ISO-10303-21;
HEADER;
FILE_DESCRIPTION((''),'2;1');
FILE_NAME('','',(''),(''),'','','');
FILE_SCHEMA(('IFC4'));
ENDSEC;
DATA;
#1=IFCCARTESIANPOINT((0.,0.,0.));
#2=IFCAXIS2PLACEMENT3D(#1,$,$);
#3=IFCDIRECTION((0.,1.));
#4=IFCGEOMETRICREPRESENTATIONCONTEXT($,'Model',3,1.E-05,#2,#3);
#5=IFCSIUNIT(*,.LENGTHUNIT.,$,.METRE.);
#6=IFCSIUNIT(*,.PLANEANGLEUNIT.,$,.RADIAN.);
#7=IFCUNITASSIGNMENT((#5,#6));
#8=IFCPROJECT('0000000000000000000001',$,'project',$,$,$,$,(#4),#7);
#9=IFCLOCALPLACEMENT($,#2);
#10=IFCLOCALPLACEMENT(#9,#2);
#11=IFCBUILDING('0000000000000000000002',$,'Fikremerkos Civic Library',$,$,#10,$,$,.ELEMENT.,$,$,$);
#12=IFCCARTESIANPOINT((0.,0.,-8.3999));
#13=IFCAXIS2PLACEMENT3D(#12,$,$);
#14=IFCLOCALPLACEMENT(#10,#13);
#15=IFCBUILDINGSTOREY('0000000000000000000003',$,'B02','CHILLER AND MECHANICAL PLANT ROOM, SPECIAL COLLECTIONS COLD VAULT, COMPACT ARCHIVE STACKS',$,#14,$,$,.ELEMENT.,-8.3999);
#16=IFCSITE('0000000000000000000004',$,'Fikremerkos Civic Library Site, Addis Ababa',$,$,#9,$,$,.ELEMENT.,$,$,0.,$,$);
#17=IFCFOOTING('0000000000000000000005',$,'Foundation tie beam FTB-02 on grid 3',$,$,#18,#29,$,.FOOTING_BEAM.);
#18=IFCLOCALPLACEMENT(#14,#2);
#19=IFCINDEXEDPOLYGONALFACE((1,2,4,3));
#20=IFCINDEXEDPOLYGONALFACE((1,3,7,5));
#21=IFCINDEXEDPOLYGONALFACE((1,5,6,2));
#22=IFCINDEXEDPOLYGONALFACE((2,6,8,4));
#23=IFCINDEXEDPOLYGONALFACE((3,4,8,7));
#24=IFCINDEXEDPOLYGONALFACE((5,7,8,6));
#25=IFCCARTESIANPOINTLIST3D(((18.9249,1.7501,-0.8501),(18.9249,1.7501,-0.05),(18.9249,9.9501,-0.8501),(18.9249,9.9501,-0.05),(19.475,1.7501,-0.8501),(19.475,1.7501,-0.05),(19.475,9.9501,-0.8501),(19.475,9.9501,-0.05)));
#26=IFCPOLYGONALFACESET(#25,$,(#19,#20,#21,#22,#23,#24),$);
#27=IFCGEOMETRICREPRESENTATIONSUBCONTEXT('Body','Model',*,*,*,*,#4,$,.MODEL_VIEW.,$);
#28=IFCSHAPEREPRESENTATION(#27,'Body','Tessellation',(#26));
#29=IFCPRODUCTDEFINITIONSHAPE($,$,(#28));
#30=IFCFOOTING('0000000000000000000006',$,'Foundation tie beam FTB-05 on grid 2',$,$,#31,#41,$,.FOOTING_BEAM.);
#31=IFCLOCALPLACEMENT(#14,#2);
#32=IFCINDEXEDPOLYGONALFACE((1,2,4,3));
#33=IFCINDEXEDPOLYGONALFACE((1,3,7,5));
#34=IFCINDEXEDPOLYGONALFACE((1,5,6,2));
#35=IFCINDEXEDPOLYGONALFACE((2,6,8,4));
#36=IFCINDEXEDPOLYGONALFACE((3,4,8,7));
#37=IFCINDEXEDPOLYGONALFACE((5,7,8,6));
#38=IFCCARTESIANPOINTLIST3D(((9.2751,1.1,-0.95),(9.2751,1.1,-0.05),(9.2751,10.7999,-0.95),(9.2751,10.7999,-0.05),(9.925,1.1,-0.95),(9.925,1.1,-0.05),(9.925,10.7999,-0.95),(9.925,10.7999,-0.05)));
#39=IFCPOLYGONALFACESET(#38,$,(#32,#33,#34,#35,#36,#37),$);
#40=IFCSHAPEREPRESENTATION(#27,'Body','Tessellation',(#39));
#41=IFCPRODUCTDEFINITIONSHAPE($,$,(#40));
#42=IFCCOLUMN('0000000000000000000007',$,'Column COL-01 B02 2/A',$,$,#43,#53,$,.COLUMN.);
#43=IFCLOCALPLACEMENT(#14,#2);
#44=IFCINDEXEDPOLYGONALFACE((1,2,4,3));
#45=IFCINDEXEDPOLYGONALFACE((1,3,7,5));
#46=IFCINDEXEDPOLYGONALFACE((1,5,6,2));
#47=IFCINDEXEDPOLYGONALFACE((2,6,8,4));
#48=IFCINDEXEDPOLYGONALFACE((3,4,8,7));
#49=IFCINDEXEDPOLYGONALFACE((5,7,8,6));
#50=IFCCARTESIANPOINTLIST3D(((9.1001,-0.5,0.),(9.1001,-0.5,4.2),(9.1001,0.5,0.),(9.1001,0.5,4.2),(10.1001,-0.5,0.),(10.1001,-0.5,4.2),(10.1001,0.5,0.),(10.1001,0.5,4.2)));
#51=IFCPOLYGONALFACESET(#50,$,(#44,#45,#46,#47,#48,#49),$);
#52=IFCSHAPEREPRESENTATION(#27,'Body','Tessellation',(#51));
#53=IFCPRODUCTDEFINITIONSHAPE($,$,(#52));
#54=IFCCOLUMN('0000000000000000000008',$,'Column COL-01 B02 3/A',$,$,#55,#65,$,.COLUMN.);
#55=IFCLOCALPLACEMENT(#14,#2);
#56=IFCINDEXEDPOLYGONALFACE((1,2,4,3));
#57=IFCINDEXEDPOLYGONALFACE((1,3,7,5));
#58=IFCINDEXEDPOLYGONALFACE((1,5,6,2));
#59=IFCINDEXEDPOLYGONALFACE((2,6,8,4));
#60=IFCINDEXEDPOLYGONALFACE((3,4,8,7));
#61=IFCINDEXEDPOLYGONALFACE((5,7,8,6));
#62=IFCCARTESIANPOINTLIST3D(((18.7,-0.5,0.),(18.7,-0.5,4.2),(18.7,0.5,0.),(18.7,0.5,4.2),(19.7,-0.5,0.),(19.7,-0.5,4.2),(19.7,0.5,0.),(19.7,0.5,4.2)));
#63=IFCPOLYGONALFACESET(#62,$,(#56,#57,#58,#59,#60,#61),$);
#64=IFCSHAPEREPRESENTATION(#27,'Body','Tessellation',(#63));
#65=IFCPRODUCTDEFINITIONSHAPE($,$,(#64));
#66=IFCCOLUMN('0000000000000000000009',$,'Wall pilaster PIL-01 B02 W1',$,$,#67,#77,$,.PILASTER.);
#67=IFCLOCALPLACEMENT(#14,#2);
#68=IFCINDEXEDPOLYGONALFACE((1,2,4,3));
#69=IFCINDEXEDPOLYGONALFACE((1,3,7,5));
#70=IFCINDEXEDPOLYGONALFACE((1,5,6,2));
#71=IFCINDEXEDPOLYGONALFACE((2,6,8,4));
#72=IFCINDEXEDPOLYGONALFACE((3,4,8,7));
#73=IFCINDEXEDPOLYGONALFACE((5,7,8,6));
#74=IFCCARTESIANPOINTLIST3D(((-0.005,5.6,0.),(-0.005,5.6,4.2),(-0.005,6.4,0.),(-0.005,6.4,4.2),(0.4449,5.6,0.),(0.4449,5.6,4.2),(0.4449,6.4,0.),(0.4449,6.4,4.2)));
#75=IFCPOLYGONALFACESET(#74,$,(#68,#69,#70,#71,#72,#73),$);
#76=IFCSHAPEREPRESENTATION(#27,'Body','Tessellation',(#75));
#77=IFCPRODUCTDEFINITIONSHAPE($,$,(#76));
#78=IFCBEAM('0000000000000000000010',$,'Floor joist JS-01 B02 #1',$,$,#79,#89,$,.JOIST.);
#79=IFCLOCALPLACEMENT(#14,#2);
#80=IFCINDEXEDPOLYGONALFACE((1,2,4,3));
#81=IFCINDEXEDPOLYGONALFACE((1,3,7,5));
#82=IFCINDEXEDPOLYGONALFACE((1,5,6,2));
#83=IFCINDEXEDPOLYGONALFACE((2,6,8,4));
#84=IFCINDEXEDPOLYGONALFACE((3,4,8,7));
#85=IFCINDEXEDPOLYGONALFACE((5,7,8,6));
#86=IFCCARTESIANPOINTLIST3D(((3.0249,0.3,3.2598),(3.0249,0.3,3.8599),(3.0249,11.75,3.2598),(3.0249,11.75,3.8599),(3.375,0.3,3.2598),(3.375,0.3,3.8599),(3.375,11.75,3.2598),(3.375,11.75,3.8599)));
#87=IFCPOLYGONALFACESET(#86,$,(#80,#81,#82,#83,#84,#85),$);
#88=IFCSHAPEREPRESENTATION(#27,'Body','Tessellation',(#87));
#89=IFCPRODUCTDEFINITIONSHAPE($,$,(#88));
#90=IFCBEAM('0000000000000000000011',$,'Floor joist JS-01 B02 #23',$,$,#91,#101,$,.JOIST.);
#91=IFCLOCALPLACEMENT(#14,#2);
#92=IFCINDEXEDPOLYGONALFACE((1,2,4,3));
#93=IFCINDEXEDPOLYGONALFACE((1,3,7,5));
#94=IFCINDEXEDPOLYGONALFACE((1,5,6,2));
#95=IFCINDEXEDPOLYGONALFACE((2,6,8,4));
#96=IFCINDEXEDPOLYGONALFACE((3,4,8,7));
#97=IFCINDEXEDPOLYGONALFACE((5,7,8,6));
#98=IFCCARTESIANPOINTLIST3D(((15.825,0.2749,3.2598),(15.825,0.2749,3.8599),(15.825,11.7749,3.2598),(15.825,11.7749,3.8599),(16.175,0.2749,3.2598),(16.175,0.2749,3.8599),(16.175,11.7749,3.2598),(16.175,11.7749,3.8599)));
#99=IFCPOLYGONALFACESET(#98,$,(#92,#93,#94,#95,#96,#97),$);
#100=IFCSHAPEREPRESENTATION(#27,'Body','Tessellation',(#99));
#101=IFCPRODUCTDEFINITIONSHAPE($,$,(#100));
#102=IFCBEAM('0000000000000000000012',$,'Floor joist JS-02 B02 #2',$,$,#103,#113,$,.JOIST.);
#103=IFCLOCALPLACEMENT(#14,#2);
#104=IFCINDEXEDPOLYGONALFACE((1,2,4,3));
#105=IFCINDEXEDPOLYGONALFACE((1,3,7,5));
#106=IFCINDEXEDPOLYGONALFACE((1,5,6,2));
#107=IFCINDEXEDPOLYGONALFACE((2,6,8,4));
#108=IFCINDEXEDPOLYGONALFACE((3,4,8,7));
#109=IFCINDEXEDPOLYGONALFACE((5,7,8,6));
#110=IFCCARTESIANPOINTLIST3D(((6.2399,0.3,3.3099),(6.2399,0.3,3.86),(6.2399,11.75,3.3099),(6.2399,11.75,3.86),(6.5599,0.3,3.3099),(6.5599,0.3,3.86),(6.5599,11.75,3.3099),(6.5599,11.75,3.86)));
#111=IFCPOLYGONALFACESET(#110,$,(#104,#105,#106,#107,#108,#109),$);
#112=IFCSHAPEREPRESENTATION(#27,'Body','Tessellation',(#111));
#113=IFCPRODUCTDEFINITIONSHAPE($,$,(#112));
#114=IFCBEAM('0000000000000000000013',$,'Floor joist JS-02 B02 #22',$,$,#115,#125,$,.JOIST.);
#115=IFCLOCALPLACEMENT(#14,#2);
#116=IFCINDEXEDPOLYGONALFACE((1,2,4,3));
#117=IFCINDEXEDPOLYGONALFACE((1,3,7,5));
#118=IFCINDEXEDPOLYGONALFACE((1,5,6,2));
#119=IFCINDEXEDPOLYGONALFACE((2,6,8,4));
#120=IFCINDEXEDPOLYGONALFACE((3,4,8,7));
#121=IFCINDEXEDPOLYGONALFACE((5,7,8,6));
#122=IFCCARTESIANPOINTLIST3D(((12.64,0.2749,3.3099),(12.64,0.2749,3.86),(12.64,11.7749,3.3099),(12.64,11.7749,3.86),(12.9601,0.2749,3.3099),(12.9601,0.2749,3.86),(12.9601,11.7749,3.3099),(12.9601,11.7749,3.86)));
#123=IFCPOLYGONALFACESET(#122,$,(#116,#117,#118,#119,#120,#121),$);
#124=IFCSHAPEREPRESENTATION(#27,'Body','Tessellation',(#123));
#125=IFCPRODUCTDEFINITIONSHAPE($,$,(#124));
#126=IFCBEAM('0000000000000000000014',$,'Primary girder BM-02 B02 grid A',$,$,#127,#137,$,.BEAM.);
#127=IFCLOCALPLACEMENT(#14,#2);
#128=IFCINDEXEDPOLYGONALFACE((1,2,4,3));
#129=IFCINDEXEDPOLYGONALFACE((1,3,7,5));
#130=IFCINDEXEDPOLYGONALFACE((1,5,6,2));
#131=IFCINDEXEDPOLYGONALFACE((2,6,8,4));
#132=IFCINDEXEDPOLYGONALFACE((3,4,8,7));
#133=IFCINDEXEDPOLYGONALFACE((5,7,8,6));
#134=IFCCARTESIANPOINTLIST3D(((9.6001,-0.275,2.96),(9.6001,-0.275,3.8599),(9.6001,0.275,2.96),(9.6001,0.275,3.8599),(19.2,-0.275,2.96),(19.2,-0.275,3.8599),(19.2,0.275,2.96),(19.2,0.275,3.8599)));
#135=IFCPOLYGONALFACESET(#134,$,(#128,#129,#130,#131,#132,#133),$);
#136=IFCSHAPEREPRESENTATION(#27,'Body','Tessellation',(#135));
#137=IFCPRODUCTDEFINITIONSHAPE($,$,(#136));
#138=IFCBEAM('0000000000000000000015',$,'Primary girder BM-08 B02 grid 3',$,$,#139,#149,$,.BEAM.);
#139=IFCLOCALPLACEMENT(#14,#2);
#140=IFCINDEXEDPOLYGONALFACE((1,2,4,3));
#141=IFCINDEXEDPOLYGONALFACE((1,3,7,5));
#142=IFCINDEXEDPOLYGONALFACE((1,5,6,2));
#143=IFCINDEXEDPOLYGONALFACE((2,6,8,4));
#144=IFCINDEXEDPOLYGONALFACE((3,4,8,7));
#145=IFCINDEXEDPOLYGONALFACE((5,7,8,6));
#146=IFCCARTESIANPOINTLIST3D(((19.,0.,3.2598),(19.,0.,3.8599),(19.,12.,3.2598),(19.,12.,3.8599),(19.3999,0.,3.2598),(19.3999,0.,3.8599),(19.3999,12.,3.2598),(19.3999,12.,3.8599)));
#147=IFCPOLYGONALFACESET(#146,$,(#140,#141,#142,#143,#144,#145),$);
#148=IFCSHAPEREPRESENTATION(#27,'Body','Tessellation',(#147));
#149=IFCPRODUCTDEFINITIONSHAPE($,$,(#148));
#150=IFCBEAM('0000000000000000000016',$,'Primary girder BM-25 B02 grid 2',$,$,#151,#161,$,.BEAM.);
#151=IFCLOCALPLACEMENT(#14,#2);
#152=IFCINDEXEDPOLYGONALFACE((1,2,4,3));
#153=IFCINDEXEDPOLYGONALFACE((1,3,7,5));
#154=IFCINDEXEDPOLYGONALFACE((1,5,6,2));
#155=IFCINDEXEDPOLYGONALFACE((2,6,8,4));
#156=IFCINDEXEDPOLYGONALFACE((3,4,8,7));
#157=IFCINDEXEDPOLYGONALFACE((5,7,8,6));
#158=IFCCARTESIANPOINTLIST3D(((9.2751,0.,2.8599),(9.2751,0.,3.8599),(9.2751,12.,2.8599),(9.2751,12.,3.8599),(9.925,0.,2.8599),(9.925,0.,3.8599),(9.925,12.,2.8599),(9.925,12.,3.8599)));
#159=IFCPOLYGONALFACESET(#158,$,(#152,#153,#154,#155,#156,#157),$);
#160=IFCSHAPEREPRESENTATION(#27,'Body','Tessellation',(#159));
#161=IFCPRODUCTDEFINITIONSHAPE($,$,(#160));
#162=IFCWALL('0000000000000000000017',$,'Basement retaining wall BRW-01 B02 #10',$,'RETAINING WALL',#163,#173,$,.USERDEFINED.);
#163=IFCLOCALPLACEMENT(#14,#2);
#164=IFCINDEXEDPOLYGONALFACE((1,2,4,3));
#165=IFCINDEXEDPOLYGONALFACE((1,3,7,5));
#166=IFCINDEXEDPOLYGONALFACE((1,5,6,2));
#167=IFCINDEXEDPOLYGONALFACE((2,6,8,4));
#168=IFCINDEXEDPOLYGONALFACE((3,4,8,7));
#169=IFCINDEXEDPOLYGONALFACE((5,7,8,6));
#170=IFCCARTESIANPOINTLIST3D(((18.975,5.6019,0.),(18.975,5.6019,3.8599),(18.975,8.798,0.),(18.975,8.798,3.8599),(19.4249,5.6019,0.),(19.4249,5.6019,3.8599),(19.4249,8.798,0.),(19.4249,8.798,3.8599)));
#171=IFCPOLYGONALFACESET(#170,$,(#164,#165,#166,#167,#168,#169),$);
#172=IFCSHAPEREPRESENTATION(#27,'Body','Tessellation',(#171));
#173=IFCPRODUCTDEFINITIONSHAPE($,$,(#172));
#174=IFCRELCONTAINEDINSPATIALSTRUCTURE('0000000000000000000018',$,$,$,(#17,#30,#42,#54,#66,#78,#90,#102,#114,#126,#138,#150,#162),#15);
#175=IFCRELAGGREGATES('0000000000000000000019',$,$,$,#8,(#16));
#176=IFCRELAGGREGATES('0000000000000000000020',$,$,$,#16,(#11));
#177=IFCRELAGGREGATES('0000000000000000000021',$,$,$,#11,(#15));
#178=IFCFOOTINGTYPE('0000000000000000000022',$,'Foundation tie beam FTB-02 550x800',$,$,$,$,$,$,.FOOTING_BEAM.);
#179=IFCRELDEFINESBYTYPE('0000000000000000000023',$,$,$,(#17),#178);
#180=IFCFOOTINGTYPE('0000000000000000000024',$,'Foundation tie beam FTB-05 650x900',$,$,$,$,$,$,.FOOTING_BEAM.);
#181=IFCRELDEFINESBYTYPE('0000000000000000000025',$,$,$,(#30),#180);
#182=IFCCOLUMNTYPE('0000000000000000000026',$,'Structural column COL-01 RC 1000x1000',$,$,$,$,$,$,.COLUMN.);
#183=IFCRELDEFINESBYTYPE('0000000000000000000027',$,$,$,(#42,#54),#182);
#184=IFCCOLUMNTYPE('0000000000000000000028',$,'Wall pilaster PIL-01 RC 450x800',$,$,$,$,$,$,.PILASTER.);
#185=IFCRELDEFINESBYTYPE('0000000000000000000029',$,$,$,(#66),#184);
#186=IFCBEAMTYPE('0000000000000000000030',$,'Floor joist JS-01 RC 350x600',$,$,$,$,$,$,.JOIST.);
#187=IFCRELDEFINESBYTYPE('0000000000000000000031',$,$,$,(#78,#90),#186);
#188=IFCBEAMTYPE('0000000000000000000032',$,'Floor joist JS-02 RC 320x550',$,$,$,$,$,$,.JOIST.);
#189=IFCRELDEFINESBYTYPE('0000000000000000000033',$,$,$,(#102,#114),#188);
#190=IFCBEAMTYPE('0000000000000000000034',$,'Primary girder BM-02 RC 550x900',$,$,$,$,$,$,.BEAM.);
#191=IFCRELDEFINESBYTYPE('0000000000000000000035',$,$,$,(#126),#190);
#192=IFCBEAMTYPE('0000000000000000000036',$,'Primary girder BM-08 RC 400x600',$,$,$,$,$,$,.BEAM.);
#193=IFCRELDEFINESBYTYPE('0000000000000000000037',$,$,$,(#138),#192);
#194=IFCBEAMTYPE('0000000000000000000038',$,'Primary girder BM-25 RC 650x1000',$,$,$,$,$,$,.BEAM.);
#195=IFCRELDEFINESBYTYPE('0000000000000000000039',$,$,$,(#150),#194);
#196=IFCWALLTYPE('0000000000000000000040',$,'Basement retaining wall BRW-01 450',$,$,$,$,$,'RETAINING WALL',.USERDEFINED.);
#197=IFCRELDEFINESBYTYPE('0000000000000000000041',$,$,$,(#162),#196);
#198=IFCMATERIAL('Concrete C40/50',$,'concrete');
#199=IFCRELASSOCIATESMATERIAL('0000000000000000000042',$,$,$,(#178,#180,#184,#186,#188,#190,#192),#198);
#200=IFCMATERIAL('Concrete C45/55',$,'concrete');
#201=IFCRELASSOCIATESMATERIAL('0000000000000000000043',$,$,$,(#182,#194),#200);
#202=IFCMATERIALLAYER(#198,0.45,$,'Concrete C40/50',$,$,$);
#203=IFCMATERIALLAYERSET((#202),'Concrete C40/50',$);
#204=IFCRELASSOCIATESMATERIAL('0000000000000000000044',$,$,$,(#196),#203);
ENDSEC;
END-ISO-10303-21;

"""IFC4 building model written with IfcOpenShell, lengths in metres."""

from ifc_helpers import new_model, si_unit, direction, frame, frame_2d, origin, origin_2d, place, context, subcontext, project, spatial, rectangle, extrude, material, layer, layer_set, material_profile, profile_set, type_object, element, save


model = new_model("IFC4")

# Units and contexts
model_context = context("Model", 3, precision=1e-05, world=origin(), true_north=direction((0.0, 1.0)))
body_context = subcontext(model_context, "Body", "Model", "MODEL_VIEW")
ifc_project = project(units=[si_unit("LENGTHUNIT", "METRE"), si_unit("PLANEANGLEUNIT", "RADIAN")], contexts=[model_context])

# Site, building, storey
site_placement = place(None, origin())
site = spatial("IfcSite", under=ifc_project, at=site_placement, Name="Fikremerkos Civic Library Site, Addis Ababa", CompositionType="ELEMENT", RefElevation=0.0)
building_placement = place(site_placement, origin())
building = spatial("IfcBuilding", under=site, at=building_placement, Name="Fikremerkos Civic Library", CompositionType="ELEMENT")
storey_placement = place(building_placement, frame((0.0, 0.0, -8.3999)))
storey = spatial("IfcBuildingStorey", under=building, at=storey_placement, Name="B02", Description="CHILLER AND MECHANICAL PLANT ROOM, SPECIAL COLLECTIONS COLD VAULT, COMPACT ARCHIVE STACKS", CompositionType="ELEMENT", Elevation=-8.3999)

# Footings
ifc_material_1 = material(Name="Concrete C40/50", Category="concrete")
footing_type_1 = type_object("IfcFootingType", Name="Foundation tie beam FTB-02 550x800", PredefinedType="FOOTING_BEAM", material=ifc_material_1)
footing_1_placement = place(storey_placement, frame((19.2, 5.8501, -0.8501), z_axis=(0.0, 0.0, 1.0), x_axis=(0.0, 1.0, 0.0)))
element("IfcFooting", 1, at=footing_1_placement, inside=storey, type_object=footing_type_1, Name="Foundation tie beam FTB-02 on grid 3", PredefinedType="FOOTING_BEAM", context=body_context, shape_type="SweptSolid", body=[
    extrude(rectangle(XDim=8.2, YDim=0.55, at=origin_2d()), origin(), (0.0, 0.0, 1.0), 0.8),
])
footing_type_2 = type_object("IfcFootingType", Name="Foundation tie beam FTB-05 650x900", PredefinedType="FOOTING_BEAM", material=ifc_material_1)
footing_2_placement = place(storey_placement, frame((9.6001, 5.95, -0.95), z_axis=(0.0, 0.0, 1.0), x_axis=(0.0, 1.0, 0.0)))
element("IfcFooting", 2, at=footing_2_placement, inside=storey, type_object=footing_type_2, Name="Foundation tie beam FTB-05 on grid 2", PredefinedType="FOOTING_BEAM", context=body_context, shape_type="SweptSolid", body=[
    extrude(rectangle(XDim=9.7, YDim=0.6499, at=origin_2d()), origin(), (0.0, 0.0, 1.0), 0.8999),
])

# Columns
ifc_material_2 = material(Name="Concrete C45/55", Category="concrete")
ifc_material_profile_1 = material_profile(ifc_material_2, rectangle(XDim=1.0, YDim=1.0, at=origin_2d()), Name="RC 1000x1000")
ifc_profile_set_1 = profile_set([ifc_material_profile_1], Name="Concrete C45/55")
column_type_1 = type_object("IfcColumnType", Name="Structural column COL-01 RC 1000x1000", PredefinedType="COLUMN", material=ifc_profile_set_1)
for number, where, z_axis, x_axis, name in (
    (3, (9.6001, 0.0, 0.0), (0.0, 0.0, 1.0), (1.0, 0.0, 0.0), "Column COL-01 B02 2/A"),
    (4, (19.2, 0.0, 0.0), (0.0, 0.0, 1.0), (1.0, 0.0, 0.0), "Column COL-01 B02 3/A"),
):
    element("IfcColumn", number, at=place(storey_placement, frame(where, z_axis=z_axis, x_axis=x_axis)), inside=storey, type_object=column_type_1, Name=name, PredefinedType="COLUMN", context=body_context, shape_type="SweptSolid", body=[
        extrude(rectangle(XDim=1.0, YDim=1.0, at=origin_2d()), origin(), (0.0, 0.0, 1.0), 4.2),
    ])
ifc_material_profile_2 = material_profile(ifc_material_1, rectangle(XDim=0.45, YDim=0.8, at=origin_2d()), Name="RC 450x800")
ifc_profile_set_2 = profile_set([ifc_material_profile_2], Name="Concrete C40/50")
column_type_2 = type_object("IfcColumnType", Name="Wall pilaster PIL-01 RC 450x800", PredefinedType="PILASTER", material=ifc_profile_set_2)
column_placement = place(storey_placement, frame((0.22, 6.0, 0.0), z_axis=(0.0, 0.0, 1.0), x_axis=(1.0, 0.0, 0.0)))
element("IfcColumn", 5, at=column_placement, inside=storey, type_object=column_type_2, Name="Wall pilaster PIL-01 B02 W1", PredefinedType="PILASTER", context=body_context, shape_type="SweptSolid", body=[
    extrude(rectangle(XDim=0.45, YDim=0.8, at=origin_2d()), origin(), (0.0, 0.0, 1.0), 4.2),
])

# Beams
ifc_material_profile_3 = material_profile(ifc_material_1, rectangle(XDim=0.3501, YDim=0.6001, at=origin_2d()), Name="RC 350x600")
ifc_profile_set_3 = profile_set([ifc_material_profile_3], Name="Concrete C40/50")
beam_type_1 = type_object("IfcBeamType", Name="Floor joist JS-01 RC 350x600", PredefinedType="JOIST", material=ifc_profile_set_3)
beam_1_placement = place(storey_placement, frame((3.2, 0.3, 3.5598), z_axis=(0.0, 1.0, 0.0), x_axis=(-1.0, 0.0, 0.0)))
element("IfcBeam", 6, at=beam_1_placement, inside=storey, type_object=beam_type_1, Name="Floor joist JS-01 B02 #1", PredefinedType="JOIST", context=body_context, shape_type="SweptSolid", body=[
    extrude(rectangle(XDim=0.3501, YDim=0.6001, at=origin_2d()), origin(), (0.0, 0.0, 1.0), 11.45),
])
beam_2_placement = place(storey_placement, frame((16.0, 0.2749, 3.5598), z_axis=(0.0, 1.0, 0.0), x_axis=(-1.0, 0.0, 0.0)))
element("IfcBeam", 7, at=beam_2_placement, inside=storey, type_object=beam_type_1, Name="Floor joist JS-01 B02 #23", PredefinedType="JOIST", context=body_context, shape_type="SweptSolid", body=[
    extrude(rectangle(XDim=0.3501, YDim=0.6001, at=origin_2d()), origin(), (0.0, 0.0, 1.0), 11.5),
])
ifc_material_profile_4 = material_profile(ifc_material_1, rectangle(XDim=0.3201, YDim=0.55, at=origin_2d()), Name="RC 320x550")
ifc_profile_set_4 = profile_set([ifc_material_profile_4], Name="Concrete C40/50")
beam_type_2 = type_object("IfcBeamType", Name="Floor joist JS-02 RC 320x550", PredefinedType="JOIST", material=ifc_profile_set_4)
beam_3_placement = place(storey_placement, frame((6.3999, 0.3, 3.585), z_axis=(0.0, 1.0, 0.0), x_axis=(-1.0, 0.0, 0.0)))
element("IfcBeam", 8, at=beam_3_placement, inside=storey, type_object=beam_type_2, Name="Floor joist JS-02 B02 #2", PredefinedType="JOIST", context=body_context, shape_type="SweptSolid", body=[
    extrude(rectangle(XDim=0.3201, YDim=0.55, at=origin_2d()), origin(), (0.0, 0.0, 1.0), 11.45),
])
beam_4_placement = place(storey_placement, frame((12.8, 0.2749, 3.585), z_axis=(0.0, 1.0, 0.0), x_axis=(-1.0, 0.0, 0.0)))
element("IfcBeam", 9, at=beam_4_placement, inside=storey, type_object=beam_type_2, Name="Floor joist JS-02 B02 #22", PredefinedType="JOIST", context=body_context, shape_type="SweptSolid", body=[
    extrude(rectangle(XDim=0.3201, YDim=0.55, at=origin_2d()), origin(), (0.0, 0.0, 1.0), 11.5),
])
ifc_material_profile_5 = material_profile(ifc_material_1, rectangle(XDim=0.55, YDim=0.8999, at=origin_2d()), Name="RC 550x900")
ifc_profile_set_5 = profile_set([ifc_material_profile_5], Name="Concrete C40/50")
beam_type_3 = type_object("IfcBeamType", Name="Primary girder BM-02 RC 550x900", PredefinedType="BEAM", material=ifc_profile_set_5)
beam_5_placement = place(storey_placement, frame((9.6001, 0.0, 3.4099), z_axis=(1.0, 0.0, 0.0), x_axis=(0.0, 1.0, 0.0)))
element("IfcBeam", 10, at=beam_5_placement, inside=storey, type_object=beam_type_3, Name="Primary girder BM-02 B02 grid A", PredefinedType="BEAM", context=body_context, shape_type="SweptSolid", body=[
    extrude(rectangle(XDim=0.55, YDim=0.8999, at=origin_2d()), origin(), (0.0, 0.0, 1.0), 9.5999),
])
ifc_material_profile_6 = material_profile(ifc_material_1, rectangle(XDim=0.3999, YDim=0.6001, at=origin_2d()), Name="RC 400x600")
ifc_profile_set_6 = profile_set([ifc_material_profile_6], Name="Concrete C40/50")
beam_type_4 = type_object("IfcBeamType", Name="Primary girder BM-08 RC 400x600", PredefinedType="BEAM", material=ifc_profile_set_6)
beam_6_placement = place(storey_placement, frame((19.2, 0.0, 3.5598), z_axis=(0.0, 1.0, 0.0), x_axis=(-1.0, 0.0, 0.0)))
element("IfcBeam", 11, at=beam_6_placement, inside=storey, type_object=beam_type_4, Name="Primary girder BM-08 B02 grid 3", PredefinedType="BEAM", context=body_context, shape_type="SweptSolid", body=[
    extrude(rectangle(XDim=0.3999, YDim=0.6001, at=origin_2d()), origin(), (0.0, 0.0, 1.0), 12.0),
])
ifc_material_profile_7 = material_profile(ifc_material_2, rectangle(XDim=0.6499, YDim=1.0, at=origin_2d()), Name="RC 650x1000")
ifc_profile_set_7 = profile_set([ifc_material_profile_7], Name="Concrete C45/55")
beam_type_5 = type_object("IfcBeamType", Name="Primary girder BM-25 RC 650x1000", PredefinedType="BEAM", material=ifc_profile_set_7)
beam_7_placement = place(storey_placement, frame((9.6001, 0.0, 3.3599), z_axis=(0.0, 1.0, 0.0), x_axis=(-1.0, 0.0, 0.0)))
element("IfcBeam", 12, at=beam_7_placement, inside=storey, type_object=beam_type_5, Name="Primary girder BM-25 B02 grid 2", PredefinedType="BEAM", context=body_context, shape_type="SweptSolid", body=[
    extrude(rectangle(XDim=0.6499, YDim=1.0, at=origin_2d()), origin(), (0.0, 0.0, 1.0), 12.0),
])

# Wall
ifc_layer_1 = layer(ifc_material_1, 0.45, Name="Concrete C40/50")
ifc_layer_set_1 = layer_set([ifc_layer_1], Name="Concrete C40/50")
wall_type = type_object("IfcWallType", Name="Basement retaining wall BRW-01 450", ElementType="RETAINING WALL", PredefinedType="USERDEFINED", material=ifc_layer_set_1)
wall_1_placement = place(storey_placement, frame((19.2, 8.7981, 0.0), z_axis=(0.0, 0.0, 1.0), x_axis=(0.0, -1.0, 0.0)))
element("IfcWall", 13, at=wall_1_placement, inside=storey, type_object=wall_type, Name="Basement retaining wall BRW-01 B02 #10", ObjectType="RETAINING WALL", PredefinedType="USERDEFINED", context=body_context, shape_type="SweptSolid", body=[
    extrude(rectangle(XDim=3.196, YDim=0.45, at=frame_2d((1.5981, 0.0))), origin(), (0.0, 0.0, 1.0), 3.8599),
])

save(model, "model.ifc")
